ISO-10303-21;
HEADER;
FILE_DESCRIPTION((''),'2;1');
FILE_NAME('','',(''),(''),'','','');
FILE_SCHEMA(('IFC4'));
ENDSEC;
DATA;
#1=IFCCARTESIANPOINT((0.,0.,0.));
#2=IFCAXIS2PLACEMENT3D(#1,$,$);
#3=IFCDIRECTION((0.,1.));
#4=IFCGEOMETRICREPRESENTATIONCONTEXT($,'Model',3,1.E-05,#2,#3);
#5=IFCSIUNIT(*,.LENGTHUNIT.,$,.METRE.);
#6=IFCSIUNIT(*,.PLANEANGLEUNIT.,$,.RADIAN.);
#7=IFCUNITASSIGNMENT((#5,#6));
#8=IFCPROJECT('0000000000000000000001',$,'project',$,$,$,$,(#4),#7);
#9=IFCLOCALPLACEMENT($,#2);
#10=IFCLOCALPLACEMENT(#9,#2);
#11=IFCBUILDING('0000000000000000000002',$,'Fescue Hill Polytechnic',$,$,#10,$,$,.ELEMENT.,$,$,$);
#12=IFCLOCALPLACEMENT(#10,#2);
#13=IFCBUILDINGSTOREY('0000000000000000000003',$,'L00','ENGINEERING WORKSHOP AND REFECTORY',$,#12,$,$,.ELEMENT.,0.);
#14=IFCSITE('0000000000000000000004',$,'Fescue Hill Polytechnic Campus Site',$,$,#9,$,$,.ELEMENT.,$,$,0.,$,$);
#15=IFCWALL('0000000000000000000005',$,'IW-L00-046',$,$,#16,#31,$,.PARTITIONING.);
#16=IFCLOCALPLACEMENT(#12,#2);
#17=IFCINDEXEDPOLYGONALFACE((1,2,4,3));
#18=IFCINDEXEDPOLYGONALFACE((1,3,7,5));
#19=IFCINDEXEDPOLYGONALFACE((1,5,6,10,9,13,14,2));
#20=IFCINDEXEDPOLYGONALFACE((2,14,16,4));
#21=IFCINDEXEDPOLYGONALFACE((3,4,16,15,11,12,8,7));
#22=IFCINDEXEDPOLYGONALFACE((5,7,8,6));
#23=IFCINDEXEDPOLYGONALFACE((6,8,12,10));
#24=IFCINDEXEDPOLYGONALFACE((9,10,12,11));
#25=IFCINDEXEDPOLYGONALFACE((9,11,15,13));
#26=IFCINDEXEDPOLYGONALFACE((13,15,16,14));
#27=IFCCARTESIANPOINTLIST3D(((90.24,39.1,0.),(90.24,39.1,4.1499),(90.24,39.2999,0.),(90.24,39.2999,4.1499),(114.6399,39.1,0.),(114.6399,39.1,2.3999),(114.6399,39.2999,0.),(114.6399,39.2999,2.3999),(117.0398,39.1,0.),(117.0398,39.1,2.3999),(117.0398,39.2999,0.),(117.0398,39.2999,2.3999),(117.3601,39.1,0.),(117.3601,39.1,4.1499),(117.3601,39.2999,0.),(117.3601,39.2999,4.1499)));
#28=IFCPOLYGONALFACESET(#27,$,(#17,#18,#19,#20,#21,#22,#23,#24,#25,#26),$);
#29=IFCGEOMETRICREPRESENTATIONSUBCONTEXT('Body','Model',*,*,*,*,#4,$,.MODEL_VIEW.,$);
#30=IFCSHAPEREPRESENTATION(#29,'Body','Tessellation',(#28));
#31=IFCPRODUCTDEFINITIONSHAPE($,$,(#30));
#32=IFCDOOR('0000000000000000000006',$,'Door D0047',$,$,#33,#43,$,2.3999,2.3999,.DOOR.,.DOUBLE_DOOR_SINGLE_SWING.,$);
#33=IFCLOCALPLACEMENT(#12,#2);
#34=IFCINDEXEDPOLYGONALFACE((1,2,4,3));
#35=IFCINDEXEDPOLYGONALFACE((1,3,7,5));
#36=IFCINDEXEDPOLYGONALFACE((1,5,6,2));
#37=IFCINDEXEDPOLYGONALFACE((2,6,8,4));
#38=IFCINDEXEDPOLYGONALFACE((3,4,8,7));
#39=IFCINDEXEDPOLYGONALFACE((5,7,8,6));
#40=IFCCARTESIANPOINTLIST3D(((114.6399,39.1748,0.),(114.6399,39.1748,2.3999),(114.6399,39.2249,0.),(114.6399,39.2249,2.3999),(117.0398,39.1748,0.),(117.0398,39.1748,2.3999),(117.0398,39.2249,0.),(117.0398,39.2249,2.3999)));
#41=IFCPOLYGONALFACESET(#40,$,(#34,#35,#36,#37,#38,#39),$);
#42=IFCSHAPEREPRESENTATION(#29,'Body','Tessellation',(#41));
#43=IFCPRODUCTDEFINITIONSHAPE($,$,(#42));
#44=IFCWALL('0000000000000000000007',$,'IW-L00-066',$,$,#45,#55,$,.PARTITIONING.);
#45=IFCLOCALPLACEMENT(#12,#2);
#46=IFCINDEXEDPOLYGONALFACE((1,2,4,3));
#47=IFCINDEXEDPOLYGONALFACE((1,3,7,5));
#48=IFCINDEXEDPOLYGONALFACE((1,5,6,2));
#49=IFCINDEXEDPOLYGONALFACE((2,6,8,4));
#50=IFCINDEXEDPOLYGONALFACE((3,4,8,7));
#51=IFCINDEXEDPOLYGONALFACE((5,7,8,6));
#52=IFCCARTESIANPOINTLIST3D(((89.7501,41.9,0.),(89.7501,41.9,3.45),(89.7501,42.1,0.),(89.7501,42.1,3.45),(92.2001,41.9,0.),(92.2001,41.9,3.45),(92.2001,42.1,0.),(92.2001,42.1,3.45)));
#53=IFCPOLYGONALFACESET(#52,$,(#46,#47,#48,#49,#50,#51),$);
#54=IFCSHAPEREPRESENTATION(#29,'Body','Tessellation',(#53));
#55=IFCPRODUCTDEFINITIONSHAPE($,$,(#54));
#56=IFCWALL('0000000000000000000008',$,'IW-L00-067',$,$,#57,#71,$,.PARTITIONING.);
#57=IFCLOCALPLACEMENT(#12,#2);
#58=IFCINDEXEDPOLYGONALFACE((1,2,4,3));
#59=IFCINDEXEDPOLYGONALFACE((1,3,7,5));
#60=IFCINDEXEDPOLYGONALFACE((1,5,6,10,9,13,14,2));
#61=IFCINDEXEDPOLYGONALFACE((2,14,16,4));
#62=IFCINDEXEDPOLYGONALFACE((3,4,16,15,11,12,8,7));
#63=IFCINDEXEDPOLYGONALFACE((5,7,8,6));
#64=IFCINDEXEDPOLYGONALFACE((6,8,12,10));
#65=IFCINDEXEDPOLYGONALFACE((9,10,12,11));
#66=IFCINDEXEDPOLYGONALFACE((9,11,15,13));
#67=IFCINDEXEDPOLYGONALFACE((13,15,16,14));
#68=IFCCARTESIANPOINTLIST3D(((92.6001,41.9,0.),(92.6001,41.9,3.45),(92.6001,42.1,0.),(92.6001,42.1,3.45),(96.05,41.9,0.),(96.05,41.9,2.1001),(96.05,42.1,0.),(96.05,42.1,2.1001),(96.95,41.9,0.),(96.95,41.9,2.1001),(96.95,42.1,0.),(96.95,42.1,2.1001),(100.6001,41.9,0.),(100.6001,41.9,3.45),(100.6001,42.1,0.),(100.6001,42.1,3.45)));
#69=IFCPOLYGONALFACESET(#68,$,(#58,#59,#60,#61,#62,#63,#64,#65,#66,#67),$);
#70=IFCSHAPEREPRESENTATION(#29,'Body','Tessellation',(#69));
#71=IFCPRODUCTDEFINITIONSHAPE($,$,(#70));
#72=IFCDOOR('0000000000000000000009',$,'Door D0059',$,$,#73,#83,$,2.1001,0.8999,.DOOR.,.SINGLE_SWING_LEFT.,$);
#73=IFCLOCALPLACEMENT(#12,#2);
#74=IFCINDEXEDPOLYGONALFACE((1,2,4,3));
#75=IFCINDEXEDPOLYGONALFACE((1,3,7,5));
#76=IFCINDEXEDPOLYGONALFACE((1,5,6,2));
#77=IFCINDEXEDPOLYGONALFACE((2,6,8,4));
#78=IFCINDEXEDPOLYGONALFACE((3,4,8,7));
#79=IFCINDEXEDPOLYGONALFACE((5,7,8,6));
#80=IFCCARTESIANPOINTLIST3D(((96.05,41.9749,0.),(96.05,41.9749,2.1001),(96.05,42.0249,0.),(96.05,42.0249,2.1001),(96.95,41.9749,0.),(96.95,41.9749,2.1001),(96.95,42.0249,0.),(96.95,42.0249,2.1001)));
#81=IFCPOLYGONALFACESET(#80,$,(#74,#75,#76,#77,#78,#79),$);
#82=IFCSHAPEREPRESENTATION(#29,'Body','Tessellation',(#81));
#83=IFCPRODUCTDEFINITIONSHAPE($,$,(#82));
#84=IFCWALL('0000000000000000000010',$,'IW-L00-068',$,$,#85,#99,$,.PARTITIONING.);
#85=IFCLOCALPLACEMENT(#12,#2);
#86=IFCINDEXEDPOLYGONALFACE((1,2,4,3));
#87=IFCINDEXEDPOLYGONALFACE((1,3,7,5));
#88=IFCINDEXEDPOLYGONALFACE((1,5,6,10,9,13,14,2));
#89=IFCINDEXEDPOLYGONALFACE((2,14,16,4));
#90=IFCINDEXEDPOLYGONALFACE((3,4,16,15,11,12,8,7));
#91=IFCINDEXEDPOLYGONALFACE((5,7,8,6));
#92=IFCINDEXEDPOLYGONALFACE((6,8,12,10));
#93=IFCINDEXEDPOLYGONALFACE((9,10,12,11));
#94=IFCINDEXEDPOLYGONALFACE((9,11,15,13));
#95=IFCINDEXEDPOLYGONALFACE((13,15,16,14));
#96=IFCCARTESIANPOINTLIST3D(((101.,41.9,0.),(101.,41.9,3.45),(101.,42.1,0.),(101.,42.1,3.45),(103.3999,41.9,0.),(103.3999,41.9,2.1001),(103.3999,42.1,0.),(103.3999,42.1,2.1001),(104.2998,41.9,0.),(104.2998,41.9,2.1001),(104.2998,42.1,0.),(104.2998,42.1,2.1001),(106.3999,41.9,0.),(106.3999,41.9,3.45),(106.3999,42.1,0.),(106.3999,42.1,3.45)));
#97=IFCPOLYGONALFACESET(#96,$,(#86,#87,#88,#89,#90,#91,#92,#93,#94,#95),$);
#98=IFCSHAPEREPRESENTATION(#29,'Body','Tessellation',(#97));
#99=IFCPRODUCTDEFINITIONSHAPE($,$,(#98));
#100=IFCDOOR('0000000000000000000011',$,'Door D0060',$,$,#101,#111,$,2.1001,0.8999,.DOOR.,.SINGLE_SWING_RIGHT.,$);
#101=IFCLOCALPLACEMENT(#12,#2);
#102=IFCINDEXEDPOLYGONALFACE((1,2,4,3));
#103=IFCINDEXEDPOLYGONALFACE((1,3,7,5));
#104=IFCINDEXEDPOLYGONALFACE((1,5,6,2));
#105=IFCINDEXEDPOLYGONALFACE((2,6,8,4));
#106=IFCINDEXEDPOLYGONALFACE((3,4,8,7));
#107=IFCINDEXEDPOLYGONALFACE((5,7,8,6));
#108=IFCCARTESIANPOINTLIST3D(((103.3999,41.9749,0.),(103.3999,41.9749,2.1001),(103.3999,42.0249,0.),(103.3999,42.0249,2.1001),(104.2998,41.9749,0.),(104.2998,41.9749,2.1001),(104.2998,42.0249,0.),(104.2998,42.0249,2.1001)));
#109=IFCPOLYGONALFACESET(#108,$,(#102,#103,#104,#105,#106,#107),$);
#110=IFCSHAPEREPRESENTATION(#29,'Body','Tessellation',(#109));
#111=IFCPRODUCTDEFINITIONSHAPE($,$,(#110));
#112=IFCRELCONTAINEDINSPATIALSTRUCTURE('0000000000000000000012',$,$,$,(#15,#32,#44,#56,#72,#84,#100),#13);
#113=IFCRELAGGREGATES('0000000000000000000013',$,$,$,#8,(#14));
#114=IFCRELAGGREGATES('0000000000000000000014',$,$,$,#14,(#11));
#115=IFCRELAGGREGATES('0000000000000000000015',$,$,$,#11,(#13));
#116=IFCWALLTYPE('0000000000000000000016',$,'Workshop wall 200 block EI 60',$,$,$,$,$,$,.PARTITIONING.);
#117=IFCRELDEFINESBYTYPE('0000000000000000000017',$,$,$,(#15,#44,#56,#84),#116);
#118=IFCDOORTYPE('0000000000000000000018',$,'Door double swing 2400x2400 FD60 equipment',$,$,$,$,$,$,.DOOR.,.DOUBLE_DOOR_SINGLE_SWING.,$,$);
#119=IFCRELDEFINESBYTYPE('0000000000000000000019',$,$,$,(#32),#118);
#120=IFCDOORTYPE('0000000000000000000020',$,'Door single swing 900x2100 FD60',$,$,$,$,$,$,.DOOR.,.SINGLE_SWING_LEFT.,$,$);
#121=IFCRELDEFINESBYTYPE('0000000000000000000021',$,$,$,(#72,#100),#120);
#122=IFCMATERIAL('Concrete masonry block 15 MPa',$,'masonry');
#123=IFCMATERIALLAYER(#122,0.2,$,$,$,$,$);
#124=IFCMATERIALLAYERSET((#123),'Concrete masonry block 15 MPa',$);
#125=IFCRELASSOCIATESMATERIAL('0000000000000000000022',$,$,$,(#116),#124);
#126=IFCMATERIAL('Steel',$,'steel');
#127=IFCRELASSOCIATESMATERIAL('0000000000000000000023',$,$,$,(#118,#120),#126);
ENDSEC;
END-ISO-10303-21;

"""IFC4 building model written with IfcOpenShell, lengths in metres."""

from ifc_helpers import new_model, si_unit, direction, frame, frame_2d, origin, place, context, subcontext, project, spatial, rectangle, extrude, material, layer, layer_set, type_object, element, fill, save


model = new_model("IFC4")

# Units and contexts
model_context = context("Model", 3, precision=1e-05, world=origin(), true_north=direction((0.0, 1.0)))
body_context = subcontext(model_context, "Body", "Model", "MODEL_VIEW")
ifc_project = project(units=[si_unit("LENGTHUNIT", "METRE"), si_unit("PLANEANGLEUNIT", "RADIAN")], contexts=[model_context])

# Site, building, storey
site_placement = place(None, origin())
site = spatial("IfcSite", under=ifc_project, at=site_placement, Name="Fescue Hill Polytechnic Campus Site", CompositionType="ELEMENT", RefElevation=0.0)
building_placement = place(site_placement, origin())
building = spatial("IfcBuilding", under=site, at=building_placement, Name="Fescue Hill Polytechnic", CompositionType="ELEMENT")
storey_placement = place(building_placement, origin())
storey = spatial("IfcBuildingStorey", under=building, at=storey_placement, Name="L00", Description="ENGINEERING WORKSHOP AND REFECTORY", CompositionType="ELEMENT", Elevation=0.0)

# Shared definitions
ifc_material_1 = material(Name="Concrete masonry block 15 MPa", Category="masonry")
ifc_layer_1 = layer(ifc_material_1, 0.2)
ifc_layer_set_1 = layer_set([ifc_layer_1], Name="Concrete masonry block 15 MPa")
wall_type_1 = type_object("IfcWallType", Name="Workshop wall 200 block EI 60", PredefinedType="PARTITIONING", material=ifc_layer_set_1)

# Wall, opening, door
wall_1_placement = place(storey_placement, frame((90.24, 39.2, 0.0), z_axis=(0.0, 0.0, 1.0), x_axis=(1.0, 0.0, 0.0)))
wall_1 = element("IfcWall", 1, at=wall_1_placement, inside=storey, type_object=wall_type_1, Name="IW-L00-046", PredefinedType="PARTITIONING", context=body_context, shape_type="SweptSolid", body=[
    extrude(rectangle(XDim=27.1201, YDim=0.2, at=frame_2d((13.5601, 0.0))), origin(), (0.0, 0.0, 1.0), 4.1499),
])
opening_1_placement = place(wall_1_placement, frame((24.3999, 0.0, 0.0)))
opening_1 = element("IfcOpeningElement", 2, at=opening_1_placement, cuts=wall_1, PredefinedType="OPENING", context=body_context, shape_type="SweptSolid", body=[
    extrude(rectangle(XDim=2.3999, YDim=2.3999, at=frame_2d((1.2, 1.2))), frame((0.0, 0.1099, 0.0), z_axis=(0.0, -1.0, 0.0), x_axis=(1.0, 0.0, 0.0)), (0.0, 0.0, 1.0), 0.22),
])
ifc_material_2 = material(Name="Steel", Category="steel")
door_type_1 = type_object("IfcDoorType", Name="Door double swing 2400x2400 FD60 equipment", OperationType="DOUBLE_DOOR_SINGLE_SWING", PredefinedType="DOOR", material=ifc_material_2)
door_1_placement = place(opening_1_placement, origin())
door_1 = element("IfcDoor", 3, at=door_1_placement, inside=storey, type_object=door_type_1, Name="Door D0047", OperationType="DOUBLE_DOOR_SINGLE_SWING", OverallHeight=2.3999, OverallWidth=2.3999, PredefinedType="DOOR", context=body_context, shape_type="SweptSolid", body=[
    extrude(rectangle(XDim=2.3999, YDim=2.3999, at=frame_2d((1.2, 1.2))), frame((0.0, 0.0249, 0.0), z_axis=(0.0, -1.0, 0.0), x_axis=(1.0, 0.0, 0.0)), (0.0, 0.0, 1.0), 0.05),
])
fill(opening_1, door_1)

# Wall
wall_2_placement = place(storey_placement, frame((89.75, 42.0, 0.0), z_axis=(0.0, 0.0, 1.0), x_axis=(1.0, 0.0, 0.0)))
element("IfcWall", 4, at=wall_2_placement, inside=storey, type_object=wall_type_1, Name="IW-L00-066", PredefinedType="PARTITIONING", context=body_context, shape_type="SweptSolid", body=[
    extrude(rectangle(XDim=2.45, YDim=0.2, at=frame_2d((1.2251, 0.0))), origin(), (0.0, 0.0, 1.0), 3.45),
])

# Walls, openings, doors
wall_3_placement = place(storey_placement, frame((92.6001, 42.0, 0.0), z_axis=(0.0, 0.0, 1.0), x_axis=(1.0, 0.0, 0.0)))
wall_3 = element("IfcWall", 5, at=wall_3_placement, inside=storey, type_object=wall_type_1, Name="IW-L00-067", PredefinedType="PARTITIONING", context=body_context, shape_type="SweptSolid", body=[
    extrude(rectangle(XDim=8.0, YDim=0.2, at=frame_2d((4.0, 0.0))), origin(), (0.0, 0.0, 1.0), 3.45),
])
opening_2_placement = place(wall_3_placement, frame((3.45, 0.0, 0.0)))
opening_2 = element("IfcOpeningElement", 6, at=opening_2_placement, cuts=wall_3, PredefinedType="OPENING", context=body_context, shape_type="SweptSolid", body=[
    extrude(rectangle(XDim=0.8999, YDim=2.1001, at=frame_2d((0.45, 1.05))), frame((0.0, 0.1099, 0.0), z_axis=(0.0, -1.0, 0.0), x_axis=(1.0, 0.0, 0.0)), (0.0, 0.0, 1.0), 0.22),
])
door_type_2 = type_object("IfcDoorType", Name="Door single swing 900x2100 FD60", OperationType="SINGLE_SWING_LEFT", PredefinedType="DOOR", material=ifc_material_2)
door_2_placement = place(opening_2_placement, origin())
door_2 = element("IfcDoor", 7, at=door_2_placement, inside=storey, type_object=door_type_2, Name="Door D0059", OperationType="SINGLE_SWING_LEFT", OverallHeight=2.1001, OverallWidth=0.8999, PredefinedType="DOOR", context=body_context, shape_type="SweptSolid", body=[
    extrude(rectangle(XDim=0.8999, YDim=2.1001, at=frame_2d((0.45, 1.05))), frame((0.0, 0.0249, 0.0), z_axis=(0.0, -1.0, 0.0), x_axis=(1.0, 0.0, 0.0)), (0.0, 0.0, 1.0), 0.05),
])
fill(opening_2, door_2)
wall_4_placement = place(storey_placement, frame((101.0, 42.0, 0.0), z_axis=(0.0, 0.0, 1.0), x_axis=(1.0, 0.0, 0.0)))
wall_4 = element("IfcWall", 8, at=wall_4_placement, inside=storey, type_object=wall_type_1, Name="IW-L00-068", PredefinedType="PARTITIONING", context=body_context, shape_type="SweptSolid", body=[
    extrude(rectangle(XDim=5.3999, YDim=0.2, at=frame_2d((2.7, 0.0))), origin(), (0.0, 0.0, 1.0), 3.45),
])
opening_3_placement = place(wall_4_placement, frame((2.3999, 0.0, 0.0)))
opening_3 = element("IfcOpeningElement", 9, at=opening_3_placement, cuts=wall_4, PredefinedType="OPENING", context=body_context, shape_type="SweptSolid", body=[
    extrude(rectangle(XDim=0.8999, YDim=2.1001, at=frame_2d((0.45, 1.05))), frame((0.0, 0.1099, 0.0), z_axis=(0.0, -1.0, 0.0), x_axis=(1.0, 0.0, 0.0)), (0.0, 0.0, 1.0), 0.22),
])
door_3_placement = place(opening_3_placement, origin())
door_3 = element("IfcDoor", 10, at=door_3_placement, inside=storey, type_object=door_type_2, Name="Door D0060", OperationType="SINGLE_SWING_RIGHT", OverallHeight=2.1001, OverallWidth=0.8999, PredefinedType="DOOR", context=body_context, shape_type="SweptSolid", body=[
    extrude(rectangle(XDim=0.8999, YDim=2.1001, at=frame_2d((0.45, 1.05))), frame((0.0, 0.0249, 0.0), z_axis=(0.0, -1.0, 0.0), x_axis=(1.0, 0.0, 0.0)), (0.0, 0.0, 1.0), 0.05),
])
fill(opening_3, door_3)

save(model, "model.ifc")
